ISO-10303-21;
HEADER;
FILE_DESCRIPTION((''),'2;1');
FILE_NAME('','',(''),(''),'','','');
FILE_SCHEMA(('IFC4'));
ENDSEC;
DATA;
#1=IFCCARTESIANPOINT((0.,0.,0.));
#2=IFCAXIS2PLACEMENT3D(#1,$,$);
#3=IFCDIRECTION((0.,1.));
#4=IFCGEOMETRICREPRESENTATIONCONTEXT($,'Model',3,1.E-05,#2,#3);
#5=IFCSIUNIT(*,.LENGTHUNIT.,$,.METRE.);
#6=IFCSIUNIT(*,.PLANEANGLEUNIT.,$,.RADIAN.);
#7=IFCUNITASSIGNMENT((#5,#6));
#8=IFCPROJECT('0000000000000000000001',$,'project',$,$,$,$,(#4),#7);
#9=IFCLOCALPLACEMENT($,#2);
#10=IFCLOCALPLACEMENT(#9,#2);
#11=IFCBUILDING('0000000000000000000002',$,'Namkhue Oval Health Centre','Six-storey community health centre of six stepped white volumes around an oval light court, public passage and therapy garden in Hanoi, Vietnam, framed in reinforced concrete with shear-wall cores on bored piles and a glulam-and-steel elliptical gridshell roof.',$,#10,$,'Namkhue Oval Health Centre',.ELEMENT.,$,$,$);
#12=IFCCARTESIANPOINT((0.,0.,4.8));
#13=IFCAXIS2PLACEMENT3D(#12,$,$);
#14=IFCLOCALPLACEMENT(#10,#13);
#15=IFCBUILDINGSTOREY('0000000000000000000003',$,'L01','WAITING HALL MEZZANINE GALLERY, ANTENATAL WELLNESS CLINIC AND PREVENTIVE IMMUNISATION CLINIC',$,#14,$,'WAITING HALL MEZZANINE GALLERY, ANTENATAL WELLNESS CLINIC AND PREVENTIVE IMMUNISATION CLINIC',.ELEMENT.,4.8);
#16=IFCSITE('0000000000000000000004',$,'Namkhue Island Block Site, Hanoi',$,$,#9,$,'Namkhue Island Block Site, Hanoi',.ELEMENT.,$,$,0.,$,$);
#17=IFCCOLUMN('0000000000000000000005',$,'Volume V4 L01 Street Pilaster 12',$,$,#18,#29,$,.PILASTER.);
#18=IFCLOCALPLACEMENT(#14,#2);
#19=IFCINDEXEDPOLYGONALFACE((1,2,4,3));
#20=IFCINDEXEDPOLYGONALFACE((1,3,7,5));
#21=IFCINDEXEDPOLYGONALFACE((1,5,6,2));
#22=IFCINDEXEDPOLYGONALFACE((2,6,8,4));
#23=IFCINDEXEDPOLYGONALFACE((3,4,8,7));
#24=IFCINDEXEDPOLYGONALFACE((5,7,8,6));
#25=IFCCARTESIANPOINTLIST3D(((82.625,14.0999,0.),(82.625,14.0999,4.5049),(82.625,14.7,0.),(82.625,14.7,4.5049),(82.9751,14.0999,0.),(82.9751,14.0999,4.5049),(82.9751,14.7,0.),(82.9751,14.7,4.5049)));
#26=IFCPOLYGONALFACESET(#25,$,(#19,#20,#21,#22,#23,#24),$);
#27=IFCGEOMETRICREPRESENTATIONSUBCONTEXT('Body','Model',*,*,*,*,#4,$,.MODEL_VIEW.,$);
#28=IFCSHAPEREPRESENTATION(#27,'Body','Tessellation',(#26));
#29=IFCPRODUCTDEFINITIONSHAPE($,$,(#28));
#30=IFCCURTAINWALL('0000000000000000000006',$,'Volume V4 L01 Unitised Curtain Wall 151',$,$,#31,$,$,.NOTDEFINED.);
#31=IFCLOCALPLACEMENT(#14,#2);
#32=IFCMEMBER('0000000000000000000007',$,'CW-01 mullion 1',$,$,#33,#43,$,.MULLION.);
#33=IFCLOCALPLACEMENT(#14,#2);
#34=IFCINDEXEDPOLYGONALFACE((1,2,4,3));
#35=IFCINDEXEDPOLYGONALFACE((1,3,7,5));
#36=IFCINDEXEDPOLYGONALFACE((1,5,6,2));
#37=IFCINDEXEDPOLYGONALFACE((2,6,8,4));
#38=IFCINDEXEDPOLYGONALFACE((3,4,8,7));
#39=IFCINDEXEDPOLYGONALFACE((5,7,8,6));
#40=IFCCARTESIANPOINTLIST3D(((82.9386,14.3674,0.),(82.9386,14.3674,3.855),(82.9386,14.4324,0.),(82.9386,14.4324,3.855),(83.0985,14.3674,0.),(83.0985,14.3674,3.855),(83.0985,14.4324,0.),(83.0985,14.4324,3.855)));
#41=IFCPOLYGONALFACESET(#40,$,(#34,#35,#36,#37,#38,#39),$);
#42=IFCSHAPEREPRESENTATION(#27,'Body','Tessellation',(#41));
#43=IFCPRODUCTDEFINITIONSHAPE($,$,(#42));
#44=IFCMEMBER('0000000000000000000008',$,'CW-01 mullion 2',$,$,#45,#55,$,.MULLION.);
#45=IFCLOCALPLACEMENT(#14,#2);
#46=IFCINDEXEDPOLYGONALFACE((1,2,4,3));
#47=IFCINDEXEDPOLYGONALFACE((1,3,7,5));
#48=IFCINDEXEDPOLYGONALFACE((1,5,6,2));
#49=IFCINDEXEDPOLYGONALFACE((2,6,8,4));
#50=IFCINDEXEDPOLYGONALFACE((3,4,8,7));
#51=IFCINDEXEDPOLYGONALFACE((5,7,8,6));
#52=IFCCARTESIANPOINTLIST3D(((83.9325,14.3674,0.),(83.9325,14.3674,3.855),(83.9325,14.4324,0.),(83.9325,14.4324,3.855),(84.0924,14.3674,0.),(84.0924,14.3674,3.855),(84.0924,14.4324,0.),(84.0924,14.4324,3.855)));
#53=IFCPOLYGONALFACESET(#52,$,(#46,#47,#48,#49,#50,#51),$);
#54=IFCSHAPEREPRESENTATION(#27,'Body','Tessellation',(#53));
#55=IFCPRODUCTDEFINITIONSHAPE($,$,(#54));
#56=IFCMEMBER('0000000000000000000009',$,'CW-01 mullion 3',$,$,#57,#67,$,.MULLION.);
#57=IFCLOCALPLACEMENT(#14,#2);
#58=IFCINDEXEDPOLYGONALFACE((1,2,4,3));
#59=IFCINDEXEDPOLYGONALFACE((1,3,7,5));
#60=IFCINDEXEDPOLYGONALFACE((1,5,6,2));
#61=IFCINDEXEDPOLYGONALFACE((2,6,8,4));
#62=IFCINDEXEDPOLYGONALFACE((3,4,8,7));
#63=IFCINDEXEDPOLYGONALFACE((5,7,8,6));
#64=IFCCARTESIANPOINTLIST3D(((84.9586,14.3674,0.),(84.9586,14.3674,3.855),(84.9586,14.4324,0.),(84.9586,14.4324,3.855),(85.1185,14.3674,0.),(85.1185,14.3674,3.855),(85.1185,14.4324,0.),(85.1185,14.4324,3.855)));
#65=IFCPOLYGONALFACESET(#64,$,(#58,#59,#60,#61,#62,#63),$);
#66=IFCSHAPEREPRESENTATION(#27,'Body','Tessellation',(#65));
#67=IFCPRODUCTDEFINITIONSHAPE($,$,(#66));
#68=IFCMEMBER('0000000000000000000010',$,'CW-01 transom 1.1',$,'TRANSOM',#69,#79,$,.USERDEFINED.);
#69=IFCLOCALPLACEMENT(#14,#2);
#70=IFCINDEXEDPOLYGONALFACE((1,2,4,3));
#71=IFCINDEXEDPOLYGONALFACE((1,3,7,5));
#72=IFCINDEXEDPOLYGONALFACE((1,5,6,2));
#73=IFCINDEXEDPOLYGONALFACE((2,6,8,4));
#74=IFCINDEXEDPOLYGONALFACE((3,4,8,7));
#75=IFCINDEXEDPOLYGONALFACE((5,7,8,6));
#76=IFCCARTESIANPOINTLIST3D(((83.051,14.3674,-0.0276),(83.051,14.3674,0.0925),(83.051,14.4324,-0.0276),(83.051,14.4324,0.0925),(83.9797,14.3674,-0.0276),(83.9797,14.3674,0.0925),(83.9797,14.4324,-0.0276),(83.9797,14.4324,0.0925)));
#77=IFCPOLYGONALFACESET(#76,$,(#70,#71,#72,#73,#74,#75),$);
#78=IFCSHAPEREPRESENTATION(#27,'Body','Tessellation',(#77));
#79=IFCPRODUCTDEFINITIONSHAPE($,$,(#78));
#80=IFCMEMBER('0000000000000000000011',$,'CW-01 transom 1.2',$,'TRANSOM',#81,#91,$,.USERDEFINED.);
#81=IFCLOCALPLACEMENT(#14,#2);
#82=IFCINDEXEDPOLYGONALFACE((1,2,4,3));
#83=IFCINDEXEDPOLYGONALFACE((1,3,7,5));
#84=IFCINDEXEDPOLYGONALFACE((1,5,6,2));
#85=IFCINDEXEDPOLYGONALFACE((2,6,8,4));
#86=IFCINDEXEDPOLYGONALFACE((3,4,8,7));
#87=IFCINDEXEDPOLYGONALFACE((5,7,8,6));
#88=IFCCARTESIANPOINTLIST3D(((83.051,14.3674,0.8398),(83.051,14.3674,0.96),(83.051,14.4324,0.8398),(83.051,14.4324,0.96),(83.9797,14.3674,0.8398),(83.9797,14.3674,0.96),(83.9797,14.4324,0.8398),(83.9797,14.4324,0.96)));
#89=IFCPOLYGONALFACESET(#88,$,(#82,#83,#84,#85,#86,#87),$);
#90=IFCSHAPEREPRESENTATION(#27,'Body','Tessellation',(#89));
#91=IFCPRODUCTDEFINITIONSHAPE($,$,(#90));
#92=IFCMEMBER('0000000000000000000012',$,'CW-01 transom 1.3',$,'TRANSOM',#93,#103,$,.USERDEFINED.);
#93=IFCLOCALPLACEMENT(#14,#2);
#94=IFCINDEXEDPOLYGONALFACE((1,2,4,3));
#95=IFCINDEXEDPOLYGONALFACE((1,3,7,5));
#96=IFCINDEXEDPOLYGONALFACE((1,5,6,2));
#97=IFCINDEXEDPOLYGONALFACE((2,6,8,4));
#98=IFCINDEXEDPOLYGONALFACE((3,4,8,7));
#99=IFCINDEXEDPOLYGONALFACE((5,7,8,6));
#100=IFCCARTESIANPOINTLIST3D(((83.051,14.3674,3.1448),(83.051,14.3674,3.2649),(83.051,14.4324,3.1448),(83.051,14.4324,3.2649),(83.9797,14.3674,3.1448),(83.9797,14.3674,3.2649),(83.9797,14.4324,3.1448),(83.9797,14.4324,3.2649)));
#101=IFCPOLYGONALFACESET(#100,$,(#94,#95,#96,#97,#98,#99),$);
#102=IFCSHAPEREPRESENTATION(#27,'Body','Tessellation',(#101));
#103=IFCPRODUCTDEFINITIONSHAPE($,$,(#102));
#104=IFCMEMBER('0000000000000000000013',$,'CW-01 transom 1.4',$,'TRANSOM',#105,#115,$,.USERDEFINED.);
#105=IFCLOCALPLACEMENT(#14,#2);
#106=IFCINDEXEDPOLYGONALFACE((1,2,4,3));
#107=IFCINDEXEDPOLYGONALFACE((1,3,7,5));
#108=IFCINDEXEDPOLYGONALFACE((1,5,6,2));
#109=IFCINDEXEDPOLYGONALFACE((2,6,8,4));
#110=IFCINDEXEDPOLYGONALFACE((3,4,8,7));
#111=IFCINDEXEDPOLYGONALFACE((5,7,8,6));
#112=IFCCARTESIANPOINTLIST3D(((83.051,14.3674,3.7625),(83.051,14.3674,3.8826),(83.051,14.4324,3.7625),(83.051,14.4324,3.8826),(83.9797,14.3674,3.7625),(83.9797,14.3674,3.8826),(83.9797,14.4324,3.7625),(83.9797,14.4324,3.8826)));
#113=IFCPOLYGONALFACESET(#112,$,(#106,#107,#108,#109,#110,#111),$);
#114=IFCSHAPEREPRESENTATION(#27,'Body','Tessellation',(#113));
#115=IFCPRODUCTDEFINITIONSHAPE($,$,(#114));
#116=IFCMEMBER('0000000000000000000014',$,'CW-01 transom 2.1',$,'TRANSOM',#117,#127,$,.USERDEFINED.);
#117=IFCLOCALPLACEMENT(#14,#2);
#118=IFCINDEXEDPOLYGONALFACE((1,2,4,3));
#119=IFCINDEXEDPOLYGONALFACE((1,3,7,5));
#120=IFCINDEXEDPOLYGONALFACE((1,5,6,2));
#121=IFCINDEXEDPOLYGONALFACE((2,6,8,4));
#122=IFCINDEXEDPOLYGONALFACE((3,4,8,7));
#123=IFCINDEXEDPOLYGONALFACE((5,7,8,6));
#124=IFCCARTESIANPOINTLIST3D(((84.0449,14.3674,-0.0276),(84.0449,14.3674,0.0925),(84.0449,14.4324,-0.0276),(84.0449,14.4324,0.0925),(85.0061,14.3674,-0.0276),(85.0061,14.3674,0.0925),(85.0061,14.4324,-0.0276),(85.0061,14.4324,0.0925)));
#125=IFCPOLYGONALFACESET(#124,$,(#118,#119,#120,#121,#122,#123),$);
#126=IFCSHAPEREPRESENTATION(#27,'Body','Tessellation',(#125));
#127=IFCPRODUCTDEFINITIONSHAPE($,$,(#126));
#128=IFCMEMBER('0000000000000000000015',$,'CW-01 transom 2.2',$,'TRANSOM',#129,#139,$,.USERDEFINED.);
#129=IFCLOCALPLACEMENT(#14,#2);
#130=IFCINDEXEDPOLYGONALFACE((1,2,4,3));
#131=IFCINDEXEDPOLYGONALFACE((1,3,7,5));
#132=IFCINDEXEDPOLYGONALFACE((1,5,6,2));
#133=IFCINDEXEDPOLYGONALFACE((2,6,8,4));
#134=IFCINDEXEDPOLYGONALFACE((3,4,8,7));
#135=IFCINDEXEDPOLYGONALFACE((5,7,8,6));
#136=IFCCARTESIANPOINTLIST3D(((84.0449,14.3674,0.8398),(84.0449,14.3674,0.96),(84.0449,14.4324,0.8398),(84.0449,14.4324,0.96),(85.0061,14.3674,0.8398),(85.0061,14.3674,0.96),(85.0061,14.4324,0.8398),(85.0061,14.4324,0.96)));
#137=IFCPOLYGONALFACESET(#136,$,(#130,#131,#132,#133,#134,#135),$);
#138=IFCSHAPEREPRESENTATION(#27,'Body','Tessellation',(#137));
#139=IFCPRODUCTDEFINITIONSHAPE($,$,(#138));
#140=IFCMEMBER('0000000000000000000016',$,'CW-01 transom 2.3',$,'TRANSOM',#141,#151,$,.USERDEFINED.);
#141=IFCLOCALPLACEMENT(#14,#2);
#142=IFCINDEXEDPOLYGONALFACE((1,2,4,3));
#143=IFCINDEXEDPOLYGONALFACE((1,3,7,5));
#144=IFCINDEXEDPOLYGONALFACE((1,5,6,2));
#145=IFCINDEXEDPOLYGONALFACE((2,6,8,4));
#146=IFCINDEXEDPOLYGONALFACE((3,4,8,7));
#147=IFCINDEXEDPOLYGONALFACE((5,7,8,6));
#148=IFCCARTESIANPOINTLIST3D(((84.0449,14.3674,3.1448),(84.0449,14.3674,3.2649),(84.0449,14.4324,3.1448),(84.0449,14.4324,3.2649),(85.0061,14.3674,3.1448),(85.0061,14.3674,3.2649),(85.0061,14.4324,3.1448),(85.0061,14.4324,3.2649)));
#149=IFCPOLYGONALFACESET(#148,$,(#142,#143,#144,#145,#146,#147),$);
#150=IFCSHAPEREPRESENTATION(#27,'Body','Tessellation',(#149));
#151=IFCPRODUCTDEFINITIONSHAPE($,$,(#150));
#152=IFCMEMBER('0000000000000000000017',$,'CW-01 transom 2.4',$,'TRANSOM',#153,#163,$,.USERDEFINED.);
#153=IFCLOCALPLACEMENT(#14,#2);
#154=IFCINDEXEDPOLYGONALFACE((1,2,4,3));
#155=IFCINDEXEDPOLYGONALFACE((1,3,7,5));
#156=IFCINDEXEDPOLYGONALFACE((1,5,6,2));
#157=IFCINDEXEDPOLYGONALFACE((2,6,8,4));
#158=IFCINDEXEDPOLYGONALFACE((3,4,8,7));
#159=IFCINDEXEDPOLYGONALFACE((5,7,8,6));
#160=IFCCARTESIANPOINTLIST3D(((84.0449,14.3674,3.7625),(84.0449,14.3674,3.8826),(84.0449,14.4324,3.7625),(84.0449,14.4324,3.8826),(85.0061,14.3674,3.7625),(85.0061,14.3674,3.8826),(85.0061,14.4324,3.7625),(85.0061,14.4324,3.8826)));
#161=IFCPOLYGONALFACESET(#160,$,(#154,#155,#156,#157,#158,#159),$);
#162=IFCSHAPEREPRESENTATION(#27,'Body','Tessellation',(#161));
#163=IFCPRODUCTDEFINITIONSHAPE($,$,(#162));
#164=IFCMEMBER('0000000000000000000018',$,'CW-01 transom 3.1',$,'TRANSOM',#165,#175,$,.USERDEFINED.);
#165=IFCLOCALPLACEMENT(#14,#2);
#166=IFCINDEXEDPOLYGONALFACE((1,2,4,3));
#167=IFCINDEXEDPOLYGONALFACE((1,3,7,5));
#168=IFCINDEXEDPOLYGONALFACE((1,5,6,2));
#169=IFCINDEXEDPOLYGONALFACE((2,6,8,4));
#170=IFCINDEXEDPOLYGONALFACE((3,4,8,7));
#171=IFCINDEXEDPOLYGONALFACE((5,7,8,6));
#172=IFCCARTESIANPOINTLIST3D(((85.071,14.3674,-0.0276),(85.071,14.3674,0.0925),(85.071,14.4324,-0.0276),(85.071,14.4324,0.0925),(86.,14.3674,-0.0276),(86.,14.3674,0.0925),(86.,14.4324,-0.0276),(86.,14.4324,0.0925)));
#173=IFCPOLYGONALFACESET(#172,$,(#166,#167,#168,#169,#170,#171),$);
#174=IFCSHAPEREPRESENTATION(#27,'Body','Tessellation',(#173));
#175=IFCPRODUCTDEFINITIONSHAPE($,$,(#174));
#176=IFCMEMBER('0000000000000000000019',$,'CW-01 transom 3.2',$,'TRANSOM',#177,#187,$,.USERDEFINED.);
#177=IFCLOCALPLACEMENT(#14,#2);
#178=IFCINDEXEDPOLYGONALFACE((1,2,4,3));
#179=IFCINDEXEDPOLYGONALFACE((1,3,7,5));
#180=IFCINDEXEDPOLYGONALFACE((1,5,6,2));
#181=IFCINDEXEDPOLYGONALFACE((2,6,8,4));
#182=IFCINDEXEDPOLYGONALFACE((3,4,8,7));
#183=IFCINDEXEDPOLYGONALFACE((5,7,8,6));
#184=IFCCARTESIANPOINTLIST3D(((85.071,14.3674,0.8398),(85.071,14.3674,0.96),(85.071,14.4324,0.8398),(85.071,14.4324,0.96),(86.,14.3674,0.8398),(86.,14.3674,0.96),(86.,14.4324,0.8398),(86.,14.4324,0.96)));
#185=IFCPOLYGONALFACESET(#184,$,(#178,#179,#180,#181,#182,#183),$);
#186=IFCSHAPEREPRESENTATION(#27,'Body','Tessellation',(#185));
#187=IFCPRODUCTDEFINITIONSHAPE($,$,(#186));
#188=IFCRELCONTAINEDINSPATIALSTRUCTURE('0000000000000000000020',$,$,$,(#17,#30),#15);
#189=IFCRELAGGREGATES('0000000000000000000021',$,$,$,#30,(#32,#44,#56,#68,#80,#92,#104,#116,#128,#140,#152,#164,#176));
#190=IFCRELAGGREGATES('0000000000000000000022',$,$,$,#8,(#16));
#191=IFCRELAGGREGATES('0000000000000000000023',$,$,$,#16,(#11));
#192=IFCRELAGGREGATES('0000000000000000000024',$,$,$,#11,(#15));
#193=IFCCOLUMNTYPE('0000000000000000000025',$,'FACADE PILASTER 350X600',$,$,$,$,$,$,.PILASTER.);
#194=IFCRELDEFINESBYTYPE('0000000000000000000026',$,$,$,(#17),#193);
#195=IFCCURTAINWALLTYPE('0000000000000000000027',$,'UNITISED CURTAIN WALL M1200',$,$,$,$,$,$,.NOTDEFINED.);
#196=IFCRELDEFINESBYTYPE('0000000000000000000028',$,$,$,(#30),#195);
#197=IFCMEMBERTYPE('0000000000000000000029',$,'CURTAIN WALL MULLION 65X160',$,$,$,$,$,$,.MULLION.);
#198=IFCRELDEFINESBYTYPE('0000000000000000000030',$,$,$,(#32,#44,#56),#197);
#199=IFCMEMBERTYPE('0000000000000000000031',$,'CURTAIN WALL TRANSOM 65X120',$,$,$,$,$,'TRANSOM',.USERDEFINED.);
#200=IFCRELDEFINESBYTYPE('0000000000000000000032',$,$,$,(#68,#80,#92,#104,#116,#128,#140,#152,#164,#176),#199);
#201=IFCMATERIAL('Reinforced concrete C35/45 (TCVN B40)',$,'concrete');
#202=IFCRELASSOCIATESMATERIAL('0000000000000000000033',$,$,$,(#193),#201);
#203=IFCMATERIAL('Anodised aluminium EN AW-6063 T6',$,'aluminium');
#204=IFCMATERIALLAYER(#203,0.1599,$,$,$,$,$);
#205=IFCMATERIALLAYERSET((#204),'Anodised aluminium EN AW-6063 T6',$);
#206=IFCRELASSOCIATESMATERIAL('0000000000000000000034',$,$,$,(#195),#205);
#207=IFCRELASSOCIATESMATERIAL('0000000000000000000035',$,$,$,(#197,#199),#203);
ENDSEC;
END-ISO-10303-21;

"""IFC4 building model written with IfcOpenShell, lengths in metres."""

from ifc_helpers import new_model, si_unit, direction, frame, origin, origin_2d, place, context, subcontext, project, spatial, rectangle, extrude, material, layer, layer_set, material_profile, profile_set, type_object, element, aggregate, save


model = new_model("IFC4")

# Units and contexts
model_context = context("Model", 3, precision=1e-05, world=origin(), true_north=direction((0.0, 1.0)))
body_context = subcontext(model_context, "Body", "Model", "MODEL_VIEW")
ifc_project = project(units=[si_unit("LENGTHUNIT", "METRE"), si_unit("PLANEANGLEUNIT", "RADIAN")], contexts=[model_context])

# Site, building, storey
site_placement = place(None, origin())
site = spatial("IfcSite", under=ifc_project, at=site_placement, Name="Namkhue Island Block Site, Hanoi", LongName="Namkhue Island Block Site, Hanoi", CompositionType="ELEMENT", RefElevation=0.0)
building_placement = place(site_placement, origin())
building = spatial("IfcBuilding", under=site, at=building_placement, Name="Namkhue Oval Health Centre", Description="Six-storey community health centre of six stepped white volumes around an oval light court, public passage and therapy garden in Hanoi, Vietnam, framed in reinforced concrete with shear-wall cores on bored piles and a glulam-and-steel elliptical gridshell roof.", LongName="Namkhue Oval Health Centre", CompositionType="ELEMENT")
storey_placement = place(building_placement, frame((0.0, 0.0, 4.8)))
storey = spatial("IfcBuildingStorey", under=building, at=storey_placement, Name="L01", Description="WAITING HALL MEZZANINE GALLERY, ANTENATAL WELLNESS CLINIC AND PREVENTIVE IMMUNISATION CLINIC", LongName="WAITING HALL MEZZANINE GALLERY, ANTENATAL WELLNESS CLINIC AND PREVENTIVE IMMUNISATION CLINIC", CompositionType="ELEMENT", Elevation=4.8)

# Column
ifc_material_1 = material(Name="Reinforced concrete C35/45 (TCVN B40)", Category="concrete")
ifc_material_profile_1 = material_profile(ifc_material_1, rectangle(XDim=0.3501, YDim=0.6001, at=origin_2d()), Name="RC 350x600")
ifc_profile_set_1 = profile_set([ifc_material_profile_1], Name="Reinforced concrete C35/45 (TCVN B40)")
column_type = type_object("IfcColumnType", Name="FACADE PILASTER 350X600", PredefinedType="PILASTER", material=ifc_profile_set_1)
column_placement = place(storey_placement, frame((82.8, 14.3999, 0.0), z_axis=(0.0, 0.0, 1.0), x_axis=(1.0, 0.0, 0.0)))
element("IfcColumn", 1, at=column_placement, inside=storey, type_object=column_type, Name="Volume V4 L01 Street Pilaster 12", PredefinedType="PILASTER", context=body_context, shape_type="SweptSolid", body=[
    extrude(rectangle(XDim=0.3501, YDim=0.6001, at=origin_2d()), origin(), (0.0, 0.0, 1.0), 4.5049),
])

# Curtain wall, members
ifc_material_2 = material(Name="Anodised aluminium EN AW-6063 T6", Category="aluminium")
ifc_layer_1 = layer(ifc_material_2, 0.1599)
ifc_layer_set_1 = layer_set([ifc_layer_1], Name="Anodised aluminium EN AW-6063 T6")
curtain_wall_type = type_object("IfcCurtainWallType", Name="UNITISED CURTAIN WALL M1200", PredefinedType="NOTDEFINED", material=ifc_layer_set_1)
curtain_wall_placement = place(storey_placement, origin())
curtain_wall = element("IfcCurtainWall", 2, at=curtain_wall_placement, inside=storey, type_object=curtain_wall_type, Name="Volume V4 L01 Unitised Curtain Wall 151", PredefinedType="NOTDEFINED")
ifc_material_profile_2 = material_profile(ifc_material_2, rectangle(XDim=0.0649, YDim=0.1599, at=origin_2d()), Name="ALU 65x160")
ifc_profile_set_2 = profile_set([ifc_material_profile_2], Name="Anodised aluminium EN AW-6063 T6")
member_type_1 = type_object("IfcMemberType", Name="CURTAIN WALL MULLION 65X160", PredefinedType="MULLION", material=ifc_profile_set_2)
member_1_placement = place(storey_placement, frame((83.0186, 14.3999, 0.0), z_axis=(0.0, 0.0, 1.0), x_axis=(0.0, 1.0, 0.0)))
member_1 = element("IfcMember", 3, at=member_1_placement, type_object=member_type_1, Name="CW-01 mullion 1", PredefinedType="MULLION", context=body_context, shape_type="SweptSolid", body=[
    extrude(rectangle(XDim=0.0649, YDim=0.1599, at=origin_2d()), origin(), (0.0, 0.0, 1.0), 3.855),
])
member_2_placement = place(storey_placement, frame((84.0125, 14.3999, 0.0), z_axis=(0.0, 0.0, 1.0), x_axis=(0.0, 1.0, 0.0)))
member_2 = element("IfcMember", 4, at=member_2_placement, type_object=member_type_1, Name="CW-01 mullion 2", PredefinedType="MULLION", context=body_context, shape_type="SweptSolid", body=[
    extrude(rectangle(XDim=0.0649, YDim=0.1599, at=origin_2d()), origin(), (0.0, 0.0, 1.0), 3.855),
])
member_3_placement = place(storey_placement, frame((85.0386, 14.3999, 0.0), z_axis=(0.0, 0.0, 1.0), x_axis=(0.0, 1.0, 0.0)))
member_3 = element("IfcMember", 5, at=member_3_placement, type_object=member_type_1, Name="CW-01 mullion 3", PredefinedType="MULLION", context=body_context, shape_type="SweptSolid", body=[
    extrude(rectangle(XDim=0.0649, YDim=0.1599, at=origin_2d()), origin(), (0.0, 0.0, 1.0), 3.855),
])
ifc_material_profile_3 = material_profile(ifc_material_2, rectangle(XDim=0.0649, YDim=0.1201, at=origin_2d()), Name="ALU 65x120")
ifc_profile_set_3 = profile_set([ifc_material_profile_3], Name="Anodised aluminium EN AW-6063 T6")
member_type_2 = type_object("IfcMemberType", Name="CURTAIN WALL TRANSOM 65X120", ElementType="TRANSOM", PredefinedType="USERDEFINED", material=ifc_profile_set_3)
member_4_placement = place(storey_placement, frame((83.051, 14.3999, 0.0325), z_axis=(1.0, 0.0, 0.0), x_axis=(0.0, 1.0, 0.0)))
member_4 = element("IfcMember", 6, at=member_4_placement, type_object=member_type_2, Name="CW-01 transom 1.1", ObjectType="TRANSOM", PredefinedType="USERDEFINED", context=body_context, shape_type="SweptSolid", body=[
    extrude(rectangle(XDim=0.0649, YDim=0.1201, at=origin_2d()), origin(), (0.0, 0.0, 1.0), 0.9287),
])
member_5_placement = place(storey_placement, frame((83.051, 14.3999, 0.8999), z_axis=(1.0, 0.0, 0.0), x_axis=(0.0, 1.0, 0.0)))
member_5 = element("IfcMember", 7, at=member_5_placement, type_object=member_type_2, Name="CW-01 transom 1.2", ObjectType="TRANSOM", PredefinedType="USERDEFINED", context=body_context, shape_type="SweptSolid", body=[
    extrude(rectangle(XDim=0.0649, YDim=0.1201, at=origin_2d()), origin(), (0.0, 0.0, 1.0), 0.9287),
])
member_6_placement = place(storey_placement, frame((83.051, 14.3999, 3.2048), z_axis=(1.0, 0.0, 0.0), x_axis=(0.0, 1.0, 0.0)))
member_6 = element("IfcMember", 8, at=member_6_placement, type_object=member_type_2, Name="CW-01 transom 1.3", ObjectType="TRANSOM", PredefinedType="USERDEFINED", context=body_context, shape_type="SweptSolid", body=[
    extrude(rectangle(XDim=0.0649, YDim=0.1201, at=origin_2d()), origin(), (0.0, 0.0, 1.0), 0.9287),
])
member_7_placement = place(storey_placement, frame((83.051, 14.3999, 3.8225), z_axis=(1.0, 0.0, 0.0), x_axis=(0.0, 1.0, 0.0)))
member_7 = element("IfcMember", 9, at=member_7_placement, type_object=member_type_2, Name="CW-01 transom 1.4", ObjectType="TRANSOM", PredefinedType="USERDEFINED", context=body_context, shape_type="SweptSolid", body=[
    extrude(rectangle(XDim=0.0649, YDim=0.1201, at=origin_2d()), origin(), (0.0, 0.0, 1.0), 0.9287),
])
member_8_placement = place(storey_placement, frame((84.0449, 14.3999, 0.0325), z_axis=(1.0, 0.0, 0.0), x_axis=(0.0, 1.0, 0.0)))
member_8 = element("IfcMember", 10, at=member_8_placement, type_object=member_type_2, Name="CW-01 transom 2.1", ObjectType="TRANSOM", PredefinedType="USERDEFINED", context=body_context, shape_type="SweptSolid", body=[
    extrude(rectangle(XDim=0.0649, YDim=0.1201, at=origin_2d()), origin(), (0.0, 0.0, 1.0), 0.9612),
])
member_9_placement = place(storey_placement, frame((84.0449, 14.3999, 0.8999), z_axis=(1.0, 0.0, 0.0), x_axis=(0.0, 1.0, 0.0)))
member_9 = element("IfcMember", 11, at=member_9_placement, type_object=member_type_2, Name="CW-01 transom 2.2", ObjectType="TRANSOM", PredefinedType="USERDEFINED", context=body_context, shape_type="SweptSolid", body=[
    extrude(rectangle(XDim=0.0649, YDim=0.1201, at=origin_2d()), origin(), (0.0, 0.0, 1.0), 0.9612),
])
member_10_placement = place(storey_placement, frame((84.0449, 14.3999, 3.2048), z_axis=(1.0, 0.0, 0.0), x_axis=(0.0, 1.0, 0.0)))
member_10 = element("IfcMember", 12, at=member_10_placement, type_object=member_type_2, Name="CW-01 transom 2.3", ObjectType="TRANSOM", PredefinedType="USERDEFINED", context=body_context, shape_type="SweptSolid", body=[
    extrude(rectangle(XDim=0.0649, YDim=0.1201, at=origin_2d()), origin(), (0.0, 0.0, 1.0), 0.9612),
])
member_11_placement = place(storey_placement, frame((84.0449, 14.3999, 3.8225), z_axis=(1.0, 0.0, 0.0), x_axis=(0.0, 1.0, 0.0)))
member_11 = element("IfcMember", 13, at=member_11_placement, type_object=member_type_2, Name="CW-01 transom 2.4", ObjectType="TRANSOM", PredefinedType="USERDEFINED", context=body_context, shape_type="SweptSolid", body=[
    extrude(rectangle(XDim=0.0649, YDim=0.1201, at=origin_2d()), origin(), (0.0, 0.0, 1.0), 0.9612),
])
member_12_placement = place(storey_placement, frame((85.071, 14.3999, 0.0325), z_axis=(1.0, 0.0, 0.0), x_axis=(0.0, 1.0, 0.0)))
member_12 = element("IfcMember", 14, at=member_12_placement, type_object=member_type_2, Name="CW-01 transom 3.1", ObjectType="TRANSOM", PredefinedType="USERDEFINED", context=body_context, shape_type="SweptSolid", body=[
    extrude(rectangle(XDim=0.0649, YDim=0.1201, at=origin_2d()), origin(), (0.0, 0.0, 1.0), 0.929),
])
member_13_placement = place(storey_placement, frame((85.071, 14.3999, 0.8999), z_axis=(1.0, 0.0, 0.0), x_axis=(0.0, 1.0, 0.0)))
member_13 = element("IfcMember", 15, at=member_13_placement, type_object=member_type_2, Name="CW-01 transom 3.2", ObjectType="TRANSOM", PredefinedType="USERDEFINED", context=body_context, shape_type="SweptSolid", body=[
    extrude(rectangle(XDim=0.0649, YDim=0.1201, at=origin_2d()), origin(), (0.0, 0.0, 1.0), 0.929),
])
aggregate(curtain_wall, [member_1, member_2, member_3, member_4, member_5, member_6, member_7, member_8, member_9, member_10, member_11, member_12, member_13])

save(model, "model.ifc")
